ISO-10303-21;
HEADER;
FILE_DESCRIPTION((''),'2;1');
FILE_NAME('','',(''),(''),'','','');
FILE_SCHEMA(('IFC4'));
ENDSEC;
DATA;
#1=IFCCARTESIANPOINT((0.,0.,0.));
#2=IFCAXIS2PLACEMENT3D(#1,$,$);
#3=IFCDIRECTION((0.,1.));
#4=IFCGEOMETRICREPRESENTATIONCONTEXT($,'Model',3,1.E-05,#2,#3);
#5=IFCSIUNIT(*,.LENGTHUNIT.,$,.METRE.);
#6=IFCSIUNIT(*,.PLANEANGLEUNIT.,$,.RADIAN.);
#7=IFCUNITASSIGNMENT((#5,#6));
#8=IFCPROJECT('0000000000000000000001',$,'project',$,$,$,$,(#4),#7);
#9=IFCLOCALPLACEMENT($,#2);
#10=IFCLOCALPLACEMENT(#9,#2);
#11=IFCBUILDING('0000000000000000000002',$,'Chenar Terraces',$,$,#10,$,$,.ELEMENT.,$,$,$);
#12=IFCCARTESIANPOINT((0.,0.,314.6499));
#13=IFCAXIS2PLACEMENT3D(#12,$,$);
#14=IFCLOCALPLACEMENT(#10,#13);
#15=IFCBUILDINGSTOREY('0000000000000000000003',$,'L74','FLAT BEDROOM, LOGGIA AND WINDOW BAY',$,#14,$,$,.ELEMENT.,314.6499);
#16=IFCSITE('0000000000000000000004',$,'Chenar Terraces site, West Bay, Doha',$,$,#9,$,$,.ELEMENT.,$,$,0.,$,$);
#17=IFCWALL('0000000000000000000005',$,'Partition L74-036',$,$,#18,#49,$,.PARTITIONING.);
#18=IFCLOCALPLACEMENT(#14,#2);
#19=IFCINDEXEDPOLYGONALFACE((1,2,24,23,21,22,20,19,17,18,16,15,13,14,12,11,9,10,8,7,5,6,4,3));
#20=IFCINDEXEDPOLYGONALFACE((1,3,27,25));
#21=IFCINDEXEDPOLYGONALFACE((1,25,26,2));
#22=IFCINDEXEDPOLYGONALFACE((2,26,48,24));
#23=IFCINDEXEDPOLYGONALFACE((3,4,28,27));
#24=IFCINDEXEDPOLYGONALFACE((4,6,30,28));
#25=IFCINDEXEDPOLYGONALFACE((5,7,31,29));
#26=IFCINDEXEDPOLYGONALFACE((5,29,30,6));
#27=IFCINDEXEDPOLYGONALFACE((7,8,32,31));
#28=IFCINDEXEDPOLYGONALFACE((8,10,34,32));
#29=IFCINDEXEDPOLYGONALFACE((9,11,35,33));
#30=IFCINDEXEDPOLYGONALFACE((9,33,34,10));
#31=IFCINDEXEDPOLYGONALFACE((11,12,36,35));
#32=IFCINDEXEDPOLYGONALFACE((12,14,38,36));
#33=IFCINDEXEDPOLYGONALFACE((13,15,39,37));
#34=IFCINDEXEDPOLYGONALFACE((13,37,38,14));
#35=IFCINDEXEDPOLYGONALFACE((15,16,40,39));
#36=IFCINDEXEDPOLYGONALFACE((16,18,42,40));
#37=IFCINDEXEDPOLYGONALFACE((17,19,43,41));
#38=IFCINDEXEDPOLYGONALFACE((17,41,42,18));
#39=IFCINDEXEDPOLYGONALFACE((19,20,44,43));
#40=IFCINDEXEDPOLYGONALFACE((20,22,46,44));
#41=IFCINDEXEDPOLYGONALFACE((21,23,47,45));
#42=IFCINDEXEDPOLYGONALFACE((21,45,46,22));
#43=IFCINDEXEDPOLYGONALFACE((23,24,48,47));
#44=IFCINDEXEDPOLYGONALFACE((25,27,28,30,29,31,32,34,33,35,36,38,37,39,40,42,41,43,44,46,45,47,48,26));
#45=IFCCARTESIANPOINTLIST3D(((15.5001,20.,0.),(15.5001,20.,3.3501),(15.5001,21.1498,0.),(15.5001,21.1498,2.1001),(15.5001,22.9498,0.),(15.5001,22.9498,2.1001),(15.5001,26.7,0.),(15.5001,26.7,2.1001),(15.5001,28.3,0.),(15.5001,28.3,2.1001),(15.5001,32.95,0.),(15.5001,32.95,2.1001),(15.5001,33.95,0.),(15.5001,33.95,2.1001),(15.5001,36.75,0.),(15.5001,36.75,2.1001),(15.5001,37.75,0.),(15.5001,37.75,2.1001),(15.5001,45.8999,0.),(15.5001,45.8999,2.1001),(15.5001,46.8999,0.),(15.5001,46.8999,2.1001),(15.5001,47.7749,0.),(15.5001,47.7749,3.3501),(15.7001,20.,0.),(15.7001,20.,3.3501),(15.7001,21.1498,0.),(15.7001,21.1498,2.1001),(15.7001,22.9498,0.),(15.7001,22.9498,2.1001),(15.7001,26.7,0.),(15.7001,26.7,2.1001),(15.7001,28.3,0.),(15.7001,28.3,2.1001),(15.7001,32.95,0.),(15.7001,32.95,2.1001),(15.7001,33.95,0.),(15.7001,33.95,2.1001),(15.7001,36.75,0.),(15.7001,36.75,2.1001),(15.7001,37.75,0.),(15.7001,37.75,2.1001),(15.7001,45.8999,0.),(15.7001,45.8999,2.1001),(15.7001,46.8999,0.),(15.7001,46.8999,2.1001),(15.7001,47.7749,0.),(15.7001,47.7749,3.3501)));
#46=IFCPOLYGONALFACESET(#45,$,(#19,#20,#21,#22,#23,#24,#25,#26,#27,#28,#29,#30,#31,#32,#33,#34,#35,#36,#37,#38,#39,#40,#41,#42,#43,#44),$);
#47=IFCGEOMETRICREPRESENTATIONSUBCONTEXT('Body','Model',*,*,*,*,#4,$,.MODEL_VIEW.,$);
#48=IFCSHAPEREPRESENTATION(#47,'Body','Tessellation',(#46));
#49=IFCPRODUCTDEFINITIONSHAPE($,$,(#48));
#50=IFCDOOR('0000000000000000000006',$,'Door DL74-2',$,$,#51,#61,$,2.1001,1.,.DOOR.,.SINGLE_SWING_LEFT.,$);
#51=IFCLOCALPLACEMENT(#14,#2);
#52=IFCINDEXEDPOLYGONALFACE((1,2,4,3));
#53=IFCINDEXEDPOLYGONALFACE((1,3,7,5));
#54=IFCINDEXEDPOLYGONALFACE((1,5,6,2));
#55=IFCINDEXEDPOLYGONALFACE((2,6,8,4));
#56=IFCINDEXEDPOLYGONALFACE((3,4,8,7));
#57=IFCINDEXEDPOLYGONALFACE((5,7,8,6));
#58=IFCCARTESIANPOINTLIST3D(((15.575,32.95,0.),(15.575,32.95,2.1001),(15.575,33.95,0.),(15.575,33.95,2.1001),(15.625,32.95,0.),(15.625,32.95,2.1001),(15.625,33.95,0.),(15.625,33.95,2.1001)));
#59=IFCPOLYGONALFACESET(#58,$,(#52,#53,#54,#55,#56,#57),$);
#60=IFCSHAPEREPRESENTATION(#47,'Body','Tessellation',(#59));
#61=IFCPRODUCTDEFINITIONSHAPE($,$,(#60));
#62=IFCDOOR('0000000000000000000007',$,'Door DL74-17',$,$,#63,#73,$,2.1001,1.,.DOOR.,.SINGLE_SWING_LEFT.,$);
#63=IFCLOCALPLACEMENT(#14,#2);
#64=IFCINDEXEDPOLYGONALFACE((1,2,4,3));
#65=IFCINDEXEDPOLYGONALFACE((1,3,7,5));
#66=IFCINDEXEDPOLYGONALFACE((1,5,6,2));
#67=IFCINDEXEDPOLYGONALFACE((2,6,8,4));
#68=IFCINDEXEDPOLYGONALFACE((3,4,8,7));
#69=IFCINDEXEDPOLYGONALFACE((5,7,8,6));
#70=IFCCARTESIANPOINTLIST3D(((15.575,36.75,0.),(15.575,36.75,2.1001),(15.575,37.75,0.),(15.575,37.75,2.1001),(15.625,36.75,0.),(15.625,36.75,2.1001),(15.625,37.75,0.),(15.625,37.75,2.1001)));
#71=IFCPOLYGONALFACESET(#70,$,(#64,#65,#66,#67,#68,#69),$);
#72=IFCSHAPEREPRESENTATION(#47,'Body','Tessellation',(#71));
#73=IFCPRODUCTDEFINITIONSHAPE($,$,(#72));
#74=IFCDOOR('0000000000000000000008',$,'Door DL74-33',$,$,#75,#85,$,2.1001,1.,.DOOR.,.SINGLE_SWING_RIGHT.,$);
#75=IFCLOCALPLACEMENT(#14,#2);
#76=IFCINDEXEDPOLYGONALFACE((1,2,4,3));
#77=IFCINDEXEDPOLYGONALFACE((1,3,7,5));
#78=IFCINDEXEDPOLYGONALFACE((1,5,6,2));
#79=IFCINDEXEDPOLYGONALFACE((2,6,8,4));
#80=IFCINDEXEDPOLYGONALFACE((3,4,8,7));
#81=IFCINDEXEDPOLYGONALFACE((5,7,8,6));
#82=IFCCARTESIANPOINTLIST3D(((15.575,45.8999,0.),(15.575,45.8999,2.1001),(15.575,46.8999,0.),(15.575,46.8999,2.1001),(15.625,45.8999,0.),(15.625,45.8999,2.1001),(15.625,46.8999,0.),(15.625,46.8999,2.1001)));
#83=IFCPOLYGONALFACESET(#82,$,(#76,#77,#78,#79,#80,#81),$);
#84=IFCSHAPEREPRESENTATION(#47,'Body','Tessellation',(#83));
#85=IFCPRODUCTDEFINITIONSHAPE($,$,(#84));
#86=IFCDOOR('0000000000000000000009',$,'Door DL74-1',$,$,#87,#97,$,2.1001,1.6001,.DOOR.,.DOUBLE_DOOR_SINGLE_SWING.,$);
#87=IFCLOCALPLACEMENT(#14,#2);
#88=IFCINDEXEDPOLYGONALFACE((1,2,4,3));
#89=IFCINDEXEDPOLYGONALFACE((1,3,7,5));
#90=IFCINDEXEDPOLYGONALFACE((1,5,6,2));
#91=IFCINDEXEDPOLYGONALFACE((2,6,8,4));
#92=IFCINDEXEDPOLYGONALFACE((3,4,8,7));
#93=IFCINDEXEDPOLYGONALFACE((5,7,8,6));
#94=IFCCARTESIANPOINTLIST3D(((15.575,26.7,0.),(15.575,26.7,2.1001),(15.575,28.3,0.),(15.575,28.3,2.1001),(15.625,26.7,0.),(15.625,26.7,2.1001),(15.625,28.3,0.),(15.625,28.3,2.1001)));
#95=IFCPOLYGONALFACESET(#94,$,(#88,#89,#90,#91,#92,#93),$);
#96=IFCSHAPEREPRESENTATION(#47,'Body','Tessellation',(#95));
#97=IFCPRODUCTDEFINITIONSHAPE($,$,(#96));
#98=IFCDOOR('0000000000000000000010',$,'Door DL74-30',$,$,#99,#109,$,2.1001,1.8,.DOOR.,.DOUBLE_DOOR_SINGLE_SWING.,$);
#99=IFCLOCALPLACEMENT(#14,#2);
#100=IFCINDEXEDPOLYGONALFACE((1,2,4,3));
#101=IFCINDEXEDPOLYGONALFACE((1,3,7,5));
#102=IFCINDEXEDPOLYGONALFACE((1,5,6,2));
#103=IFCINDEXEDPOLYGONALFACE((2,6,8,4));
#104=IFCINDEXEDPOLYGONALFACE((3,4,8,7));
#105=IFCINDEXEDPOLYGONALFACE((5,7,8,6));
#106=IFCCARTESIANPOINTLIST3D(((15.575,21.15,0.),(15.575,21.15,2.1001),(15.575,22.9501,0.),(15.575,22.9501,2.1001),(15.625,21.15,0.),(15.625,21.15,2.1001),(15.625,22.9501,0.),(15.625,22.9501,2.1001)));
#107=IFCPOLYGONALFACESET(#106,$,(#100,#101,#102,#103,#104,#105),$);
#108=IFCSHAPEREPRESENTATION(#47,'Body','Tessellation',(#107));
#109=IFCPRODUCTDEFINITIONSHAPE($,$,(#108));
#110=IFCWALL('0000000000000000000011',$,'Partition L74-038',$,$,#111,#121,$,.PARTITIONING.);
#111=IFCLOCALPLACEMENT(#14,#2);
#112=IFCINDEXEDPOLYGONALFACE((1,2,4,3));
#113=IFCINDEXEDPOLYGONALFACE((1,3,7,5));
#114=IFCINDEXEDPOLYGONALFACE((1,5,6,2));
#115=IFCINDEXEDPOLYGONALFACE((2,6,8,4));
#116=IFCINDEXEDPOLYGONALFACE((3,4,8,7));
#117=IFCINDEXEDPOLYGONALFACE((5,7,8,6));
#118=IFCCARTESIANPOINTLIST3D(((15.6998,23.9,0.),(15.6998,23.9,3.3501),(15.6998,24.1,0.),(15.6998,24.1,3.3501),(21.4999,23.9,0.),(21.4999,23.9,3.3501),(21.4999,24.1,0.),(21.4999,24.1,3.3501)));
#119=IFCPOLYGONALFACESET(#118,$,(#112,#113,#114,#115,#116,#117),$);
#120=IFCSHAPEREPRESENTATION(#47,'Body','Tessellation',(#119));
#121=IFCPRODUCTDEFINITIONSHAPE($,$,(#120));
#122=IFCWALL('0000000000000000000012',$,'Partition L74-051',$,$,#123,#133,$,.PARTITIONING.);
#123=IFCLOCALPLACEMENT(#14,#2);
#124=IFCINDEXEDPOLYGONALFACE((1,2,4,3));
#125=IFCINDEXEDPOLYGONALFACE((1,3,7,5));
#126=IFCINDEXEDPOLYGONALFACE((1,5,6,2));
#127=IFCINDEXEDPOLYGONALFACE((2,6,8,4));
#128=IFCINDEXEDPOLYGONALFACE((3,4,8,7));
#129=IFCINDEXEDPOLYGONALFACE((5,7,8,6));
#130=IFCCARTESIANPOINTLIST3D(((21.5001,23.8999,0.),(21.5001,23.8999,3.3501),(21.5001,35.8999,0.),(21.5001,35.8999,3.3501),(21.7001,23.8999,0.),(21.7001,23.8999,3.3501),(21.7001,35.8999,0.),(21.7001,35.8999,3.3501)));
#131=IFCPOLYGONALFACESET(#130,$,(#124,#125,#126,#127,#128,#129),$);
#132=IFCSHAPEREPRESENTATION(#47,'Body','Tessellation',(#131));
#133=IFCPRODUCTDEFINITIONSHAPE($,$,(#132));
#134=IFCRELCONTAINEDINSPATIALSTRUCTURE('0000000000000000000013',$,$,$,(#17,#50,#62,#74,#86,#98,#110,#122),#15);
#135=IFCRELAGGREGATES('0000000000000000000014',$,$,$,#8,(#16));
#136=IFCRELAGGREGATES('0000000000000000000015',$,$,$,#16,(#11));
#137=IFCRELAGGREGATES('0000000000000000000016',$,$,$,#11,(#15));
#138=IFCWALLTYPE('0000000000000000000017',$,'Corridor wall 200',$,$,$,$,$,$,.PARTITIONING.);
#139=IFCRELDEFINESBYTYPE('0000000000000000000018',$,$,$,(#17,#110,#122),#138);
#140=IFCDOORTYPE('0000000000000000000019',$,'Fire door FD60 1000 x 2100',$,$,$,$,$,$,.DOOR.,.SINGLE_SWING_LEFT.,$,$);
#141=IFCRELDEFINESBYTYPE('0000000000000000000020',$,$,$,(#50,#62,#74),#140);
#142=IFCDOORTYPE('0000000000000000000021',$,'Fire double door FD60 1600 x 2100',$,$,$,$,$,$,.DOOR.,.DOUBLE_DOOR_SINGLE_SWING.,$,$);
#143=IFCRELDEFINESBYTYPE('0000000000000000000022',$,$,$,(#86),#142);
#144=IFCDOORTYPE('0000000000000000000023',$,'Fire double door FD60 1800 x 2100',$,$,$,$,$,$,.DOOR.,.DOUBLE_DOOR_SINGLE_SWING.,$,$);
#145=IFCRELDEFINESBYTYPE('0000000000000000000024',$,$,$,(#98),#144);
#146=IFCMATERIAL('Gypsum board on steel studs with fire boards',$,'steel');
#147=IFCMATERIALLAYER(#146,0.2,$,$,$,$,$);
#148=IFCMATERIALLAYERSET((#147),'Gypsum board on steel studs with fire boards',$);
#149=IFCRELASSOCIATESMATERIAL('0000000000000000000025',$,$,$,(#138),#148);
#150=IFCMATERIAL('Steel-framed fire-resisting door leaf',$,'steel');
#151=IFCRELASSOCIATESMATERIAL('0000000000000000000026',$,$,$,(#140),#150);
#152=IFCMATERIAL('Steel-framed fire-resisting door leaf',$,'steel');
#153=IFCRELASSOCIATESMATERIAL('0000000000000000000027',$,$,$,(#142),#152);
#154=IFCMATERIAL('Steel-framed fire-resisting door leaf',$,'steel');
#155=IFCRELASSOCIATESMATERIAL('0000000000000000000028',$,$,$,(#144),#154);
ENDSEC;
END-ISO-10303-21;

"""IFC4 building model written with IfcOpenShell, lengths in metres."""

from ifc_helpers import new_model, si_unit, direction, frame, frame_2d, origin, place, context, subcontext, project, spatial, rectangle, extrude, material, layer, layer_set, type_object, element, fill, save


model = new_model("IFC4")

# Units and contexts
model_context = context("Model", 3, precision=1e-05, world=origin(), true_north=direction((0.0, 1.0)))
body_context = subcontext(model_context, "Body", "Model", "MODEL_VIEW")
ifc_project = project(units=[si_unit("LENGTHUNIT", "METRE"), si_unit("PLANEANGLEUNIT", "RADIAN")], contexts=[model_context])

# Site, building, storey
site_placement = place(None, origin())
site = spatial("IfcSite", under=ifc_project, at=site_placement, Name="Chenar Terraces site, West Bay, Doha", CompositionType="ELEMENT", RefElevation=0.0)
building_placement = place(site_placement, origin())
building = spatial("IfcBuilding", under=site, at=building_placement, Name="Chenar Terraces", CompositionType="ELEMENT")
storey_placement = place(building_placement, frame((0.0, 0.0, 314.6499)))
storey = spatial("IfcBuildingStorey", under=building, at=storey_placement, Name="L74", Description="FLAT BEDROOM, LOGGIA AND WINDOW BAY", CompositionType="ELEMENT", Elevation=314.6499)

# Wall, openings, doors
ifc_material_1 = material(Name="Gypsum board on steel studs with fire boards", Category="steel")
ifc_layer_1 = layer(ifc_material_1, 0.2)
ifc_layer_set_1 = layer_set([ifc_layer_1], Name="Gypsum board on steel studs with fire boards")
wall_type_1 = type_object("IfcWallType", Name="Corridor wall 200", PredefinedType="PARTITIONING", material=ifc_layer_set_1)
wall_1_placement = place(storey_placement, frame((15.6001, 20.0, 0.0), z_axis=(0.0, 0.0, 1.0), x_axis=(0.0, 1.0, 0.0)))
wall_1 = element("IfcWall", 1, at=wall_1_placement, inside=storey, type_object=wall_type_1, Name="Partition L74-036", PredefinedType="PARTITIONING", context=body_context, shape_type="SweptSolid", body=[
    extrude(rectangle(XDim=27.7749, YDim=0.2, at=frame_2d((13.8875, 0.0))), origin(), (0.0, 0.0, 1.0), 3.3501),
])
opening_1_placement = place(wall_1_placement, frame((6.7, 0.0, 0.0)))
opening_1 = element("IfcOpeningElement", 2, at=opening_1_placement, cuts=wall_1, PredefinedType="OPENING", context=body_context, shape_type="SweptSolid", body=[
    extrude(rectangle(XDim=1.6001, YDim=2.1001, at=frame_2d((0.8, 1.05))), frame((0.0, 0.1099, 0.0), z_axis=(0.0, -1.0, 0.0), x_axis=(1.0, 0.0, 0.0)), (0.0, 0.0, 1.0), 0.22),
])
opening_2_placement = place(wall_1_placement, frame((12.95, 0.0, 0.0)))
opening_2 = element("IfcOpeningElement", 3, at=opening_2_placement, cuts=wall_1, PredefinedType="OPENING", context=body_context, shape_type="SweptSolid", body=[
    extrude(rectangle(XDim=1.0, YDim=2.1001, at=frame_2d((0.5, 1.05))), frame((0.0, 0.1099, 0.0), z_axis=(0.0, -1.0, 0.0), x_axis=(1.0, 0.0, 0.0)), (0.0, 0.0, 1.0), 0.22),
])
opening_3_placement = place(wall_1_placement, frame((16.75, 0.0, 0.0)))
opening_3 = element("IfcOpeningElement", 4, at=opening_3_placement, cuts=wall_1, PredefinedType="OPENING", context=body_context, shape_type="SweptSolid", body=[
    extrude(rectangle(XDim=1.0, YDim=2.1001, at=frame_2d((0.5, 1.05))), frame((0.0, 0.1099, 0.0), z_axis=(0.0, -1.0, 0.0), x_axis=(1.0, 0.0, 0.0)), (0.0, 0.0, 1.0), 0.22),
])
opening_4_placement = place(wall_1_placement, frame((1.1499, 0.0, 0.0)))
opening_4 = element("IfcOpeningElement", 5, at=opening_4_placement, cuts=wall_1, PredefinedType="OPENING", context=body_context, shape_type="SweptSolid", body=[
    extrude(rectangle(XDim=1.8, YDim=2.1001, at=frame_2d((0.8999, 1.05))), frame((0.0, 0.1099, 0.0), z_axis=(0.0, -1.0, 0.0), x_axis=(1.0, 0.0, 0.0)), (0.0, 0.0, 1.0), 0.22),
])
opening_5_placement = place(wall_1_placement, frame((25.8999, 0.0, 0.0)))
opening_5 = element("IfcOpeningElement", 6, at=opening_5_placement, cuts=wall_1, PredefinedType="OPENING", context=body_context, shape_type="SweptSolid", body=[
    extrude(rectangle(XDim=1.0, YDim=2.1001, at=frame_2d((0.5, 1.05))), frame((0.0, 0.1099, 0.0), z_axis=(0.0, -1.0, 0.0), x_axis=(1.0, 0.0, 0.0)), (0.0, 0.0, 1.0), 0.22),
])
ifc_material_2 = material(Name="Steel-framed fire-resisting door leaf", Category="steel")
door_type_1 = type_object("IfcDoorType", Name="Fire door FD60 1000 x 2100", OperationType="SINGLE_SWING_LEFT", PredefinedType="DOOR", material=ifc_material_2)
door_1_placement = place(opening_2_placement, frame((1.0, 0.0, 0.0), z_axis=(0.0, 0.0, 1.0), x_axis=(-1.0, 0.0, 0.0)))
door_1 = element("IfcDoor", 7, at=door_1_placement, inside=storey, type_object=door_type_1, Name="Door DL74-2", OperationType="SINGLE_SWING_LEFT", OverallHeight=2.1001, OverallWidth=1.0, PredefinedType="DOOR", context=body_context, shape_type="SweptSolid", body=[
    extrude(rectangle(XDim=1.0, YDim=2.1001, at=frame_2d((0.5, 1.05))), frame((0.0, 0.0249, 0.0), z_axis=(0.0, -1.0, 0.0), x_axis=(1.0, 0.0, 0.0)), (0.0, 0.0, 1.0), 0.05),
])
fill(opening_2, door_1)
door_2_placement = place(opening_3_placement, frame((1.0, 0.0, 0.0), z_axis=(0.0, 0.0, 1.0), x_axis=(-1.0, 0.0, 0.0)))
door_2 = element("IfcDoor", 8, at=door_2_placement, inside=storey, type_object=door_type_1, Name="Door DL74-17", OperationType="SINGLE_SWING_LEFT", OverallHeight=2.1001, OverallWidth=1.0, PredefinedType="DOOR", context=body_context, shape_type="SweptSolid", body=[
    extrude(rectangle(XDim=1.0, YDim=2.1001, at=frame_2d((0.5, 1.05))), frame((0.0, 0.0249, 0.0), z_axis=(0.0, -1.0, 0.0), x_axis=(1.0, 0.0, 0.0)), (0.0, 0.0, 1.0), 0.05),
])
fill(opening_3, door_2)
door_3_placement = place(opening_5_placement, frame((1.0, 0.0, 0.0), z_axis=(0.0, 0.0, 1.0), x_axis=(-1.0, 0.0, 0.0)))
door_3 = element("IfcDoor", 9, at=door_3_placement, inside=storey, type_object=door_type_1, Name="Door DL74-33", OperationType="SINGLE_SWING_RIGHT", OverallHeight=2.1001, OverallWidth=1.0, PredefinedType="DOOR", context=body_context, shape_type="SweptSolid", body=[
    extrude(rectangle(XDim=1.0, YDim=2.1001, at=frame_2d((0.5, 1.05))), frame((0.0, 0.0249, 0.0), z_axis=(0.0, -1.0, 0.0), x_axis=(1.0, 0.0, 0.0)), (0.0, 0.0, 1.0), 0.05),
])
fill(opening_5, door_3)
ifc_material_3 = material(Name="Steel-framed fire-resisting door leaf", Category="steel")
door_type_2 = type_object("IfcDoorType", Name="Fire double door FD60 1600 x 2100", OperationType="DOUBLE_DOOR_SINGLE_SWING", PredefinedType="DOOR", material=ifc_material_3)
door_4_placement = place(opening_1_placement, frame((1.6001, 0.0, 0.0), z_axis=(0.0, 0.0, 1.0), x_axis=(-1.0, 0.0, 0.0)))
door_4 = element("IfcDoor", 10, at=door_4_placement, inside=storey, type_object=door_type_2, Name="Door DL74-1", OperationType="DOUBLE_DOOR_SINGLE_SWING", OverallHeight=2.1001, OverallWidth=1.6001, PredefinedType="DOOR", context=body_context, shape_type="SweptSolid", body=[
    extrude(rectangle(XDim=1.6001, YDim=2.1001, at=frame_2d((0.8, 1.05))), frame((0.0, 0.0249, 0.0), z_axis=(0.0, -1.0, 0.0), x_axis=(1.0, 0.0, 0.0)), (0.0, 0.0, 1.0), 0.05),
])
fill(opening_1, door_4)
ifc_material_4 = material(Name="Steel-framed fire-resisting door leaf", Category="steel")
door_type_3 = type_object("IfcDoorType", Name="Fire double door FD60 1800 x 2100", OperationType="DOUBLE_DOOR_SINGLE_SWING", PredefinedType="DOOR", material=ifc_material_4)
door_5_placement = place(opening_4_placement, frame((1.8, 0.0, 0.0), z_axis=(0.0, 0.0, 1.0), x_axis=(-1.0, 0.0, 0.0)))
door_5 = element("IfcDoor", 11, at=door_5_placement, inside=storey, type_object=door_type_3, Name="Door DL74-30", OperationType="DOUBLE_DOOR_SINGLE_SWING", OverallHeight=2.1001, OverallWidth=1.8, PredefinedType="DOOR", context=body_context, shape_type="SweptSolid", body=[
    extrude(rectangle(XDim=1.8, YDim=2.1001, at=frame_2d((0.8999, 1.05))), frame((0.0, 0.0249, 0.0), z_axis=(0.0, -1.0, 0.0), x_axis=(1.0, 0.0, 0.0)), (0.0, 0.0, 1.0), 0.05),
])
fill(opening_4, door_5)

# Walls
wall_2_placement = place(storey_placement, frame((15.7, 24.0, 0.0), z_axis=(0.0, 0.0, 1.0), x_axis=(1.0, 0.0, 0.0)))
element("IfcWall", 12, at=wall_2_placement, inside=storey, type_object=wall_type_1, Name="Partition L74-038", PredefinedType="PARTITIONING", context=body_context, shape_type="SweptSolid", body=[
    extrude(rectangle(XDim=5.8, YDim=0.2, at=frame_2d((2.8999, 0.0))), origin(), (0.0, 0.0, 1.0), 3.3501),
])
wall_3_placement = place(storey_placement, frame((21.6001, 23.8999, 0.0), z_axis=(0.0, 0.0, 1.0), x_axis=(0.0, 1.0, 0.0)))
element("IfcWall", 13, at=wall_3_placement, inside=storey, type_object=wall_type_1, Name="Partition L74-051", PredefinedType="PARTITIONING", context=body_context, shape_type="SweptSolid", body=[
    extrude(rectangle(XDim=12.0, YDim=0.2, at=frame_2d((6.0, 0.0))), origin(), (0.0, 0.0, 1.0), 3.3501),
])

save(model, "model.ifc")
